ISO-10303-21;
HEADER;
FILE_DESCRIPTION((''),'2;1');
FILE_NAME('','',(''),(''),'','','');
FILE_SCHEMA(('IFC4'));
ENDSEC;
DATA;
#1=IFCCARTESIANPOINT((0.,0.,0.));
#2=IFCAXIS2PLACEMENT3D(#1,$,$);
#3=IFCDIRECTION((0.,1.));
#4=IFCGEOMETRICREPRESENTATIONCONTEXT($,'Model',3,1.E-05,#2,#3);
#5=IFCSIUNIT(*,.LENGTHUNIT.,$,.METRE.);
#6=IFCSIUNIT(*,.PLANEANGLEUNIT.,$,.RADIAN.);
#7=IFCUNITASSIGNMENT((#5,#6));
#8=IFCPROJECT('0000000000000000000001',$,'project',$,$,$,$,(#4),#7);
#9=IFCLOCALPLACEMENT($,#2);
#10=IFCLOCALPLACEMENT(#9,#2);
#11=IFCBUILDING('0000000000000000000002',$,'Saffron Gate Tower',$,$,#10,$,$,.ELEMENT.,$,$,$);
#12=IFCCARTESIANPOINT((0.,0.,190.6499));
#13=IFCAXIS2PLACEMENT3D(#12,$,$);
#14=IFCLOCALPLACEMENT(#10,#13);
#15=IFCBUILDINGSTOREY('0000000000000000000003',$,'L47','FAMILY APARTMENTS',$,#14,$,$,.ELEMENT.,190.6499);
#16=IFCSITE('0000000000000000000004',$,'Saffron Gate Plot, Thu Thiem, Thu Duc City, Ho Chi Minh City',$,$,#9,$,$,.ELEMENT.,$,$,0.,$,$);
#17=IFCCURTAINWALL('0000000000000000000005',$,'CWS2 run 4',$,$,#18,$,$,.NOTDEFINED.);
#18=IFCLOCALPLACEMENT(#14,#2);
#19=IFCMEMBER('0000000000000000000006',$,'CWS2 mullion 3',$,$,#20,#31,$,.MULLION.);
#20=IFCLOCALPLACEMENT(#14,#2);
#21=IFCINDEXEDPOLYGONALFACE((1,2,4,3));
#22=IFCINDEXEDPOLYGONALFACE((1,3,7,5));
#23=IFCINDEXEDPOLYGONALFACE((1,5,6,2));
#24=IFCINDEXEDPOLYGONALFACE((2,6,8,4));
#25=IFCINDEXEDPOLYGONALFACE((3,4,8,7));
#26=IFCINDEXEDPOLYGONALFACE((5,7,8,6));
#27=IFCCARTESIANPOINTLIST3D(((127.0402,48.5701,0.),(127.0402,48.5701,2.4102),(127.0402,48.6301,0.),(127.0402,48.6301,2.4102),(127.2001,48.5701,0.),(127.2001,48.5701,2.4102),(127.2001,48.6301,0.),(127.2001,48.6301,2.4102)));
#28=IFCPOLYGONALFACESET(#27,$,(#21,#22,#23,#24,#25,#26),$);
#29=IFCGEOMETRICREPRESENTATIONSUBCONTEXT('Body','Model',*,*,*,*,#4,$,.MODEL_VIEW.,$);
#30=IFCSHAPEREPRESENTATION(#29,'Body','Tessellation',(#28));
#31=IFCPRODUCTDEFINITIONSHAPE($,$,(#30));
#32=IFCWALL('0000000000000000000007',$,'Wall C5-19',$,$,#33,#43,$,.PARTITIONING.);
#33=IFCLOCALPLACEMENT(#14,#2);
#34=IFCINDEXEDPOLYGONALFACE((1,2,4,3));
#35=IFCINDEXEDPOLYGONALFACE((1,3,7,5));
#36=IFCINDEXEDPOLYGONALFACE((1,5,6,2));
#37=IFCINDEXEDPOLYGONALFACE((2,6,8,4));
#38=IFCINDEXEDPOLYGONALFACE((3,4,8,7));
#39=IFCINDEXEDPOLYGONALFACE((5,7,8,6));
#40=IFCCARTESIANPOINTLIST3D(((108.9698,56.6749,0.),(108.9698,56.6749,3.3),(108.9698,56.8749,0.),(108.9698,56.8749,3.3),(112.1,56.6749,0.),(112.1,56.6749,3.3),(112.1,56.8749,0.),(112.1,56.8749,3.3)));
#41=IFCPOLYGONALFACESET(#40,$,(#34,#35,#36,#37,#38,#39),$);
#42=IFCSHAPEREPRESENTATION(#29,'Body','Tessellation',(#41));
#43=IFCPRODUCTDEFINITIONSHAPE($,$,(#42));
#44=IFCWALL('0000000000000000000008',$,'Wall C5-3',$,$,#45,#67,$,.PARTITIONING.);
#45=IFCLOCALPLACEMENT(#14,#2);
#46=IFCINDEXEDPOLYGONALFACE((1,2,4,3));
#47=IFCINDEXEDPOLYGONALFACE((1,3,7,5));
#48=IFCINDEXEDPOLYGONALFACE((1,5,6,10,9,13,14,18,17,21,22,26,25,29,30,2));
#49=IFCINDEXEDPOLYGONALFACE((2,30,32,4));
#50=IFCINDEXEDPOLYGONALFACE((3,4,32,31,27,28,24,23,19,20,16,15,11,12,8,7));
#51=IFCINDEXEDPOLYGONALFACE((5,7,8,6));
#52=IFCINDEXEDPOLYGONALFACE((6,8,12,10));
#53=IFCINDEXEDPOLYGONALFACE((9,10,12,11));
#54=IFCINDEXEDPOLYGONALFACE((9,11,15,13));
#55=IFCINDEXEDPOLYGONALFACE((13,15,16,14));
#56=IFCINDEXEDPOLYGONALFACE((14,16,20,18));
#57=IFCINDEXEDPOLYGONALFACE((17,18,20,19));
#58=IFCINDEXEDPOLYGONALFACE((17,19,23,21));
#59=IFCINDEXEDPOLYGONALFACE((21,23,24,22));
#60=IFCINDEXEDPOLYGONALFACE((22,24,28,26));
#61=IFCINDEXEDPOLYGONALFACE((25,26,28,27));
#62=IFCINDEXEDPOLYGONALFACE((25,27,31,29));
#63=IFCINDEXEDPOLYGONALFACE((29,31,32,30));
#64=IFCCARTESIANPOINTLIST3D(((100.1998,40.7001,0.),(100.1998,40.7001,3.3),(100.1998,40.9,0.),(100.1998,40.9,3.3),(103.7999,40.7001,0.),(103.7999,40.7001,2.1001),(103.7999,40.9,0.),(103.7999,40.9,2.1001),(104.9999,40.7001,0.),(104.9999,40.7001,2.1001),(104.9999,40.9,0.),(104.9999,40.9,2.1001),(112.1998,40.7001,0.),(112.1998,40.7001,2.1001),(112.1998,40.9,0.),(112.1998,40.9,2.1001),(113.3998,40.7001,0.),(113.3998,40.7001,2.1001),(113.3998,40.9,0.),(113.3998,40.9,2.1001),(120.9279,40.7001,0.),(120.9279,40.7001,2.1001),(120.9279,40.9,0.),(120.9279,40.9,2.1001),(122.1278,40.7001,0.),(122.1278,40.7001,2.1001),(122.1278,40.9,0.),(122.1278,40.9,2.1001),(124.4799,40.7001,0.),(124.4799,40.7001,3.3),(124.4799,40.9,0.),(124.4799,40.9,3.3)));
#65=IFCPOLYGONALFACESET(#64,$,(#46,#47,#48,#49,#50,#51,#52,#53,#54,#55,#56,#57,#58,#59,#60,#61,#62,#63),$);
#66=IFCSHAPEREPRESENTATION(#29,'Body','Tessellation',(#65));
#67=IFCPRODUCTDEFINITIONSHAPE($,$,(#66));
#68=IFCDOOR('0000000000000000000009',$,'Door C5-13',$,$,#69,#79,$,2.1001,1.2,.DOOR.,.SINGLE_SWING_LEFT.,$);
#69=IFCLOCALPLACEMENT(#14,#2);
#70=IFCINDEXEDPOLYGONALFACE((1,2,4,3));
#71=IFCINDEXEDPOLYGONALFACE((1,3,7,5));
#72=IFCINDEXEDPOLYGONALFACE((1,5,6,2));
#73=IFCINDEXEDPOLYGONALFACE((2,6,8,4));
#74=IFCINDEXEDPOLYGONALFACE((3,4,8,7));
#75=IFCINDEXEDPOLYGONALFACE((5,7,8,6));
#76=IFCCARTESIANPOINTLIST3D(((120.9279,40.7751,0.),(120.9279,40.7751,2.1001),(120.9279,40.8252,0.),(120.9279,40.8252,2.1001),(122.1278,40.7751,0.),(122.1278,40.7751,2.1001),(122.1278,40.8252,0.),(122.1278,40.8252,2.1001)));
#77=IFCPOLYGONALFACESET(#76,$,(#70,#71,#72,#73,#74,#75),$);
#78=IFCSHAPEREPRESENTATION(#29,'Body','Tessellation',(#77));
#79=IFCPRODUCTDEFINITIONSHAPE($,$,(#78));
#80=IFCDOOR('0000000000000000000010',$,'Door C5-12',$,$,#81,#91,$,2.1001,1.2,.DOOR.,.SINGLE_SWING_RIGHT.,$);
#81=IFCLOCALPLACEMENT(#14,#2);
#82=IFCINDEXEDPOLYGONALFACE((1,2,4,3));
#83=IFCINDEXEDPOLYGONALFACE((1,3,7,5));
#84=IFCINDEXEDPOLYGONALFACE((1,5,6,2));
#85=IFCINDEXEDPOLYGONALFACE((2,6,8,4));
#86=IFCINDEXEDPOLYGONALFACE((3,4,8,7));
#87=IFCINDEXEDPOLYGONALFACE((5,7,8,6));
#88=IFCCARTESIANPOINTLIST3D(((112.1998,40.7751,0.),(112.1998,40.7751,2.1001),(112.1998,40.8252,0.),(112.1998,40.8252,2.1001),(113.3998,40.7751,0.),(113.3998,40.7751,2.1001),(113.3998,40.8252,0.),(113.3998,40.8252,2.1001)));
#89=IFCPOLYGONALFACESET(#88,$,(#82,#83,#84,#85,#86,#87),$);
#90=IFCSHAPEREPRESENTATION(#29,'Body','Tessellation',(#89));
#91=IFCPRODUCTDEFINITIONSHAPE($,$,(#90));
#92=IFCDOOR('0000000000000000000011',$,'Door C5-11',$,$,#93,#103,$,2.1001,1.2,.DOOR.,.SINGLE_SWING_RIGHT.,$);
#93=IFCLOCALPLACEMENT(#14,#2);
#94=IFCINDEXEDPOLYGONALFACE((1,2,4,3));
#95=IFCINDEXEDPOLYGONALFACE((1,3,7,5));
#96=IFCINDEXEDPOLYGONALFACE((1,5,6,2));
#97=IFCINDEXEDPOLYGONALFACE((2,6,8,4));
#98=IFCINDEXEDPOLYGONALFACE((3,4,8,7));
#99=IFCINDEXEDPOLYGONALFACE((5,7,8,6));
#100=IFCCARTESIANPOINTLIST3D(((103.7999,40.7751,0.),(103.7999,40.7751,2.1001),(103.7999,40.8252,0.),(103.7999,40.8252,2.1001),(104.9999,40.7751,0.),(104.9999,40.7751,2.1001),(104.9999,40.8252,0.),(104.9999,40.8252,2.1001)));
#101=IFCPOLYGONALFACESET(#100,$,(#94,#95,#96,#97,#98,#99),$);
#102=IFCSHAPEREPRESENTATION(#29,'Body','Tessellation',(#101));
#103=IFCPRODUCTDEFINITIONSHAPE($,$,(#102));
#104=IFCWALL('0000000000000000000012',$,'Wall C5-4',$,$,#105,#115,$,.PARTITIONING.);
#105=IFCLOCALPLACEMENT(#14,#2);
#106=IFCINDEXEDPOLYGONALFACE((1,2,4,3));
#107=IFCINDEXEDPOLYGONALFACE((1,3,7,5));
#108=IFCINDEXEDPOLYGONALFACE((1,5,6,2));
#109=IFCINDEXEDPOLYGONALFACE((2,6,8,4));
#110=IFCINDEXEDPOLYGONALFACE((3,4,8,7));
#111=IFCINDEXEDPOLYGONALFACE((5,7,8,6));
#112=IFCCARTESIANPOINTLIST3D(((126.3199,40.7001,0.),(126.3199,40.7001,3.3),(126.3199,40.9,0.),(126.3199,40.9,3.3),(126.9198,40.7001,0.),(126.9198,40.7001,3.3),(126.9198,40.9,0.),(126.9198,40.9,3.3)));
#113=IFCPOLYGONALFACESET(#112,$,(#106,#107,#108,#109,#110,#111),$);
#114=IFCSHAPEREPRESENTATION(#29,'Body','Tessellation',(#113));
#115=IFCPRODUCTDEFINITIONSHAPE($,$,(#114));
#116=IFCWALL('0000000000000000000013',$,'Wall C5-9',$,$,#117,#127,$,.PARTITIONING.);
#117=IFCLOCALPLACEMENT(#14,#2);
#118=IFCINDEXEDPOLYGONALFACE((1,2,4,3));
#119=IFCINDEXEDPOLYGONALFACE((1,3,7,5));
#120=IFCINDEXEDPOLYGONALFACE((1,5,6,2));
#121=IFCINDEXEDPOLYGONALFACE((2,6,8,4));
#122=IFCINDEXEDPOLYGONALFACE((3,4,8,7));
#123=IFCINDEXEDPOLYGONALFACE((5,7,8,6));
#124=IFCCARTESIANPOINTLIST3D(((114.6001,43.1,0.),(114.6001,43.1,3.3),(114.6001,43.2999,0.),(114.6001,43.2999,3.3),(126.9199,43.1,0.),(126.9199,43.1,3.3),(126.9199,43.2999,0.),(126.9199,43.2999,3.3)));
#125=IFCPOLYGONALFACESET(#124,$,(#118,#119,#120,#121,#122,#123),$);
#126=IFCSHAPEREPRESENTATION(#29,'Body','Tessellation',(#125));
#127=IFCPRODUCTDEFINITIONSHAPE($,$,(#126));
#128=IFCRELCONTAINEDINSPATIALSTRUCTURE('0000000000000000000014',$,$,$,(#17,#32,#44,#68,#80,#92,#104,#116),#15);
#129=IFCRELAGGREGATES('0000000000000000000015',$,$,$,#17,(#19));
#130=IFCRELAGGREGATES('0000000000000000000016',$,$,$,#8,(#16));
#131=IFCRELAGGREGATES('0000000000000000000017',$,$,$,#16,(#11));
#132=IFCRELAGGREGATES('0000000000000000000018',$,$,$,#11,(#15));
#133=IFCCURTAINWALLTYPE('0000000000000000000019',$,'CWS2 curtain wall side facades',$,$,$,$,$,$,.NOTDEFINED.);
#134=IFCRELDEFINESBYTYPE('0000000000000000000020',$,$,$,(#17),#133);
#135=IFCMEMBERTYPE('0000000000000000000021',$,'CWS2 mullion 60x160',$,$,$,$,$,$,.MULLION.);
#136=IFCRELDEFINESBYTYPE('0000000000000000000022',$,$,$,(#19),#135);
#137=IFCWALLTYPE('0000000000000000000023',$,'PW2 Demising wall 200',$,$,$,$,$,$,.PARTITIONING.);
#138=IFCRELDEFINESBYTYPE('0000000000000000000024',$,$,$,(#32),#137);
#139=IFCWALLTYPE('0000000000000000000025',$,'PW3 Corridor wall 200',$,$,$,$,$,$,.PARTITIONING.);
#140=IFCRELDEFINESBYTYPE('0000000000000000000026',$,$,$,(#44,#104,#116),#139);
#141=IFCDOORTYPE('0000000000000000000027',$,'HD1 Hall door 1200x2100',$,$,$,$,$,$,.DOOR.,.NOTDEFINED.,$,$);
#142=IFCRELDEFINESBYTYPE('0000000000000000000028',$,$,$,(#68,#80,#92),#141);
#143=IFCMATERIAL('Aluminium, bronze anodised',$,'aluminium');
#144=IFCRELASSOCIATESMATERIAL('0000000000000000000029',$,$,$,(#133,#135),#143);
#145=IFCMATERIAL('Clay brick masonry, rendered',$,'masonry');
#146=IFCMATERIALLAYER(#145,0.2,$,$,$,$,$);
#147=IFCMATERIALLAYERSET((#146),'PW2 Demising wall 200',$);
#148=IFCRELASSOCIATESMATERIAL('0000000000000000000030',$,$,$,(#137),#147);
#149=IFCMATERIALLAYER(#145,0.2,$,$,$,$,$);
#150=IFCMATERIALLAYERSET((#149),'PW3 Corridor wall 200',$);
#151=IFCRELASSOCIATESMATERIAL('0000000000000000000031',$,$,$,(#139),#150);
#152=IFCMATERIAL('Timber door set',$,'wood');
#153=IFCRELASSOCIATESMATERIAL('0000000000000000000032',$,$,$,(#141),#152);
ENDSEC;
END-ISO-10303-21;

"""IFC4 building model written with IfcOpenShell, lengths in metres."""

from ifc_helpers import new_model, si_unit, direction, frame, frame_2d, origin, origin_2d, place, context, subcontext, project, spatial, rectangle, extrude, material, layer, layer_set, material_profile, profile_set, type_object, element, fill, aggregate, save


model = new_model("IFC4")

# Units and contexts
model_context = context("Model", 3, precision=1e-05, world=origin(), true_north=direction((0.0, 1.0)))
body_context = subcontext(model_context, "Body", "Model", "MODEL_VIEW")
ifc_project = project(units=[si_unit("LENGTHUNIT", "METRE"), si_unit("PLANEANGLEUNIT", "RADIAN")], contexts=[model_context])

# Site, building, storey
site_placement = place(None, origin())
site = spatial("IfcSite", under=ifc_project, at=site_placement, Name="Saffron Gate Plot, Thu Thiem, Thu Duc City, Ho Chi Minh City", CompositionType="ELEMENT", RefElevation=0.0)
building_placement = place(site_placement, origin())
building = spatial("IfcBuilding", under=site, at=building_placement, Name="Saffron Gate Tower", CompositionType="ELEMENT")
storey_placement = place(building_placement, frame((0.0, 0.0, 190.6499)))
storey = spatial("IfcBuildingStorey", under=building, at=storey_placement, Name="L47", Description="FAMILY APARTMENTS", CompositionType="ELEMENT", Elevation=190.6499)

# Curtain wall, member
ifc_material_1 = material(Name="Aluminium, bronze anodised", Category="aluminium")
curtain_wall_type = type_object("IfcCurtainWallType", Name="CWS2 curtain wall side facades", PredefinedType="NOTDEFINED", material=ifc_material_1)
curtain_wall_placement = place(storey_placement, origin())
curtain_wall = element("IfcCurtainWall", 1, at=curtain_wall_placement, inside=storey, type_object=curtain_wall_type, Name="CWS2 run 4", PredefinedType="NOTDEFINED")
ifc_material_profile_1 = material_profile(ifc_material_1, rectangle(XDim=0.1599, YDim=0.0601, at=origin_2d()))
ifc_profile_set_1 = profile_set([ifc_material_profile_1], Name="Aluminium, bronze anodised")
member_type = type_object("IfcMemberType", Name="CWS2 mullion 60x160", PredefinedType="MULLION", material=ifc_profile_set_1)
member_1_placement = place(storey_placement, frame((127.1201, 48.6001, 0.0), z_axis=(0.0, 0.0, 1.0), x_axis=(-1.0, 0.0, 0.0)))
member_1 = element("IfcMember", 2, at=member_1_placement, type_object=member_type, Name="CWS2 mullion 3", PredefinedType="MULLION", context=body_context, shape_type="SweptSolid", body=[
    extrude(rectangle(XDim=0.1599, YDim=0.0601, at=origin_2d()), origin(), (0.0, 0.0, 1.0), 2.4102),
])
aggregate(curtain_wall, [member_1])

# Wall
ifc_material_2 = material(Name="Clay brick masonry, rendered", Category="masonry")
ifc_layer_1 = layer(ifc_material_2, 0.2)
ifc_layer_set_1 = layer_set([ifc_layer_1], Name="PW2 Demising wall 200")
wall_type_1 = type_object("IfcWallType", Name="PW2 Demising wall 200", PredefinedType="PARTITIONING", material=ifc_layer_set_1)
wall_1_placement = place(storey_placement, frame((108.97, 56.7749, 0.0), z_axis=(0.0, 0.0, 1.0), x_axis=(1.0, 0.0, 0.0)))
element("IfcWall", 3, at=wall_1_placement, inside=storey, type_object=wall_type_1, Name="Wall C5-19", PredefinedType="PARTITIONING", context=body_context, shape_type="SweptSolid", body=[
    extrude(rectangle(XDim=3.1301, YDim=0.2, at=frame_2d((1.5649, 0.0))), origin(), (0.0, 0.0, 1.0), 3.3),
])

# Wall, openings, doors
ifc_layer_2 = layer(ifc_material_2, 0.2)
ifc_layer_set_2 = layer_set([ifc_layer_2], Name="PW3 Corridor wall 200")
wall_type_2 = type_object("IfcWallType", Name="PW3 Corridor wall 200", PredefinedType="PARTITIONING", material=ifc_layer_set_2)
wall_2_placement = place(storey_placement, frame((124.48, 40.8, 0.0), z_axis=(0.0, 0.0, 1.0), x_axis=(-1.0, 0.0, 0.0)))
wall_2 = element("IfcWall", 4, at=wall_2_placement, inside=storey, type_object=wall_type_2, Name="Wall C5-3", PredefinedType="PARTITIONING", context=body_context, shape_type="SweptSolid", body=[
    extrude(rectangle(XDim=24.28, YDim=0.2, at=frame_2d((12.1401, 0.0))), origin(), (0.0, 0.0, 1.0), 3.3),
])
opening_1_placement = place(wall_2_placement, frame((2.3521, 0.0, 0.0)))
opening_1 = element("IfcOpeningElement", 5, at=opening_1_placement, cuts=wall_2, PredefinedType="OPENING", context=body_context, shape_type="SweptSolid", body=[
    extrude(rectangle(XDim=1.2, YDim=2.1001, at=frame_2d((0.6001, 1.05))), frame((0.0, 0.1099, 0.0), z_axis=(0.0, -1.0, 0.0), x_axis=(1.0, 0.0, 0.0)), (0.0, 0.0, 1.0), 0.22),
])
opening_2_placement = place(wall_2_placement, frame((11.0801, 0.0, 0.0)))
opening_2 = element("IfcOpeningElement", 6, at=opening_2_placement, cuts=wall_2, PredefinedType="OPENING", context=body_context, shape_type="SweptSolid", body=[
    extrude(rectangle(XDim=1.2, YDim=2.1001, at=frame_2d((0.6001, 1.05))), frame((0.0, 0.1099, 0.0), z_axis=(0.0, -1.0, 0.0), x_axis=(1.0, 0.0, 0.0)), (0.0, 0.0, 1.0), 0.22),
])
opening_3_placement = place(wall_2_placement, frame((19.48, 0.0, 0.0)))
opening_3 = element("IfcOpeningElement", 7, at=opening_3_placement, cuts=wall_2, PredefinedType="OPENING", context=body_context, shape_type="SweptSolid", body=[
    extrude(rectangle(XDim=1.2, YDim=2.1001, at=frame_2d((0.6001, 1.05))), frame((0.0, 0.1099, 0.0), z_axis=(0.0, -1.0, 0.0), x_axis=(1.0, 0.0, 0.0)), (0.0, 0.0, 1.0), 0.22),
])
ifc_material_3 = material(Name="Timber door set", Category="wood")
door_type_1 = type_object("IfcDoorType", Name="HD1 Hall door 1200x2100", OperationType="NOTDEFINED", PredefinedType="DOOR", material=ifc_material_3)
door_1_placement = place(opening_1_placement, origin())
door_1 = element("IfcDoor", 8, at=door_1_placement, inside=storey, type_object=door_type_1, Name="Door C5-13", OperationType="SINGLE_SWING_LEFT", OverallHeight=2.1001, OverallWidth=1.2, PredefinedType="DOOR", context=body_context, shape_type="SweptSolid", body=[
    extrude(rectangle(XDim=1.2, YDim=2.1001, at=frame_2d((0.6001, 1.05))), frame((0.0, 0.0249, 0.0), z_axis=(0.0, -1.0, 0.0), x_axis=(1.0, 0.0, 0.0)), (0.0, 0.0, 1.0), 0.05),
])
fill(opening_1, door_1)
door_2_placement = place(opening_2_placement, origin())
door_2 = element("IfcDoor", 9, at=door_2_placement, inside=storey, type_object=door_type_1, Name="Door C5-12", OperationType="SINGLE_SWING_RIGHT", OverallHeight=2.1001, OverallWidth=1.2, PredefinedType="DOOR", context=body_context, shape_type="SweptSolid", body=[
    extrude(rectangle(XDim=1.2, YDim=2.1001, at=frame_2d((0.6001, 1.05))), frame((0.0, 0.0249, 0.0), z_axis=(0.0, -1.0, 0.0), x_axis=(1.0, 0.0, 0.0)), (0.0, 0.0, 1.0), 0.05),
])
fill(opening_2, door_2)
door_3_placement = place(opening_3_placement, origin())
door_3 = element("IfcDoor", 10, at=door_3_placement, inside=storey, type_object=door_type_1, Name="Door C5-11", OperationType="SINGLE_SWING_RIGHT", OverallHeight=2.1001, OverallWidth=1.2, PredefinedType="DOOR", context=body_context, shape_type="SweptSolid", body=[
    extrude(rectangle(XDim=1.2, YDim=2.1001, at=frame_2d((0.6001, 1.05))), frame((0.0, 0.0249, 0.0), z_axis=(0.0, -1.0, 0.0), x_axis=(1.0, 0.0, 0.0)), (0.0, 0.0, 1.0), 0.05),
])
fill(opening_3, door_3)

# Walls
wall_3_placement = place(storey_placement, frame((126.3201, 40.8, 0.0), z_axis=(0.0, 0.0, 1.0), x_axis=(1.0, 0.0, 0.0)))
element("IfcWall", 11, at=wall_3_placement, inside=storey, type_object=wall_type_2, Name="Wall C5-4", PredefinedType="PARTITIONING", context=body_context, shape_type="SweptSolid", body=[
    extrude(rectangle(XDim=0.5999, YDim=0.2, at=frame_2d((0.2998, 0.0))), origin(), (0.0, 0.0, 1.0), 3.3),
])
wall_4_placement = place(storey_placement, frame((114.6001, 43.2, 0.0), z_axis=(0.0, 0.0, 1.0), x_axis=(1.0, 0.0, 0.0)))
element("IfcWall", 12, at=wall_4_placement, inside=storey, type_object=wall_type_2, Name="Wall C5-9", PredefinedType="PARTITIONING", context=body_context, shape_type="SweptSolid", body=[
    extrude(rectangle(XDim=12.3198, YDim=0.2, at=frame_2d((6.1599, 0.0))), origin(), (0.0, 0.0, 1.0), 3.3),
])

save(model, "model.ifc")
